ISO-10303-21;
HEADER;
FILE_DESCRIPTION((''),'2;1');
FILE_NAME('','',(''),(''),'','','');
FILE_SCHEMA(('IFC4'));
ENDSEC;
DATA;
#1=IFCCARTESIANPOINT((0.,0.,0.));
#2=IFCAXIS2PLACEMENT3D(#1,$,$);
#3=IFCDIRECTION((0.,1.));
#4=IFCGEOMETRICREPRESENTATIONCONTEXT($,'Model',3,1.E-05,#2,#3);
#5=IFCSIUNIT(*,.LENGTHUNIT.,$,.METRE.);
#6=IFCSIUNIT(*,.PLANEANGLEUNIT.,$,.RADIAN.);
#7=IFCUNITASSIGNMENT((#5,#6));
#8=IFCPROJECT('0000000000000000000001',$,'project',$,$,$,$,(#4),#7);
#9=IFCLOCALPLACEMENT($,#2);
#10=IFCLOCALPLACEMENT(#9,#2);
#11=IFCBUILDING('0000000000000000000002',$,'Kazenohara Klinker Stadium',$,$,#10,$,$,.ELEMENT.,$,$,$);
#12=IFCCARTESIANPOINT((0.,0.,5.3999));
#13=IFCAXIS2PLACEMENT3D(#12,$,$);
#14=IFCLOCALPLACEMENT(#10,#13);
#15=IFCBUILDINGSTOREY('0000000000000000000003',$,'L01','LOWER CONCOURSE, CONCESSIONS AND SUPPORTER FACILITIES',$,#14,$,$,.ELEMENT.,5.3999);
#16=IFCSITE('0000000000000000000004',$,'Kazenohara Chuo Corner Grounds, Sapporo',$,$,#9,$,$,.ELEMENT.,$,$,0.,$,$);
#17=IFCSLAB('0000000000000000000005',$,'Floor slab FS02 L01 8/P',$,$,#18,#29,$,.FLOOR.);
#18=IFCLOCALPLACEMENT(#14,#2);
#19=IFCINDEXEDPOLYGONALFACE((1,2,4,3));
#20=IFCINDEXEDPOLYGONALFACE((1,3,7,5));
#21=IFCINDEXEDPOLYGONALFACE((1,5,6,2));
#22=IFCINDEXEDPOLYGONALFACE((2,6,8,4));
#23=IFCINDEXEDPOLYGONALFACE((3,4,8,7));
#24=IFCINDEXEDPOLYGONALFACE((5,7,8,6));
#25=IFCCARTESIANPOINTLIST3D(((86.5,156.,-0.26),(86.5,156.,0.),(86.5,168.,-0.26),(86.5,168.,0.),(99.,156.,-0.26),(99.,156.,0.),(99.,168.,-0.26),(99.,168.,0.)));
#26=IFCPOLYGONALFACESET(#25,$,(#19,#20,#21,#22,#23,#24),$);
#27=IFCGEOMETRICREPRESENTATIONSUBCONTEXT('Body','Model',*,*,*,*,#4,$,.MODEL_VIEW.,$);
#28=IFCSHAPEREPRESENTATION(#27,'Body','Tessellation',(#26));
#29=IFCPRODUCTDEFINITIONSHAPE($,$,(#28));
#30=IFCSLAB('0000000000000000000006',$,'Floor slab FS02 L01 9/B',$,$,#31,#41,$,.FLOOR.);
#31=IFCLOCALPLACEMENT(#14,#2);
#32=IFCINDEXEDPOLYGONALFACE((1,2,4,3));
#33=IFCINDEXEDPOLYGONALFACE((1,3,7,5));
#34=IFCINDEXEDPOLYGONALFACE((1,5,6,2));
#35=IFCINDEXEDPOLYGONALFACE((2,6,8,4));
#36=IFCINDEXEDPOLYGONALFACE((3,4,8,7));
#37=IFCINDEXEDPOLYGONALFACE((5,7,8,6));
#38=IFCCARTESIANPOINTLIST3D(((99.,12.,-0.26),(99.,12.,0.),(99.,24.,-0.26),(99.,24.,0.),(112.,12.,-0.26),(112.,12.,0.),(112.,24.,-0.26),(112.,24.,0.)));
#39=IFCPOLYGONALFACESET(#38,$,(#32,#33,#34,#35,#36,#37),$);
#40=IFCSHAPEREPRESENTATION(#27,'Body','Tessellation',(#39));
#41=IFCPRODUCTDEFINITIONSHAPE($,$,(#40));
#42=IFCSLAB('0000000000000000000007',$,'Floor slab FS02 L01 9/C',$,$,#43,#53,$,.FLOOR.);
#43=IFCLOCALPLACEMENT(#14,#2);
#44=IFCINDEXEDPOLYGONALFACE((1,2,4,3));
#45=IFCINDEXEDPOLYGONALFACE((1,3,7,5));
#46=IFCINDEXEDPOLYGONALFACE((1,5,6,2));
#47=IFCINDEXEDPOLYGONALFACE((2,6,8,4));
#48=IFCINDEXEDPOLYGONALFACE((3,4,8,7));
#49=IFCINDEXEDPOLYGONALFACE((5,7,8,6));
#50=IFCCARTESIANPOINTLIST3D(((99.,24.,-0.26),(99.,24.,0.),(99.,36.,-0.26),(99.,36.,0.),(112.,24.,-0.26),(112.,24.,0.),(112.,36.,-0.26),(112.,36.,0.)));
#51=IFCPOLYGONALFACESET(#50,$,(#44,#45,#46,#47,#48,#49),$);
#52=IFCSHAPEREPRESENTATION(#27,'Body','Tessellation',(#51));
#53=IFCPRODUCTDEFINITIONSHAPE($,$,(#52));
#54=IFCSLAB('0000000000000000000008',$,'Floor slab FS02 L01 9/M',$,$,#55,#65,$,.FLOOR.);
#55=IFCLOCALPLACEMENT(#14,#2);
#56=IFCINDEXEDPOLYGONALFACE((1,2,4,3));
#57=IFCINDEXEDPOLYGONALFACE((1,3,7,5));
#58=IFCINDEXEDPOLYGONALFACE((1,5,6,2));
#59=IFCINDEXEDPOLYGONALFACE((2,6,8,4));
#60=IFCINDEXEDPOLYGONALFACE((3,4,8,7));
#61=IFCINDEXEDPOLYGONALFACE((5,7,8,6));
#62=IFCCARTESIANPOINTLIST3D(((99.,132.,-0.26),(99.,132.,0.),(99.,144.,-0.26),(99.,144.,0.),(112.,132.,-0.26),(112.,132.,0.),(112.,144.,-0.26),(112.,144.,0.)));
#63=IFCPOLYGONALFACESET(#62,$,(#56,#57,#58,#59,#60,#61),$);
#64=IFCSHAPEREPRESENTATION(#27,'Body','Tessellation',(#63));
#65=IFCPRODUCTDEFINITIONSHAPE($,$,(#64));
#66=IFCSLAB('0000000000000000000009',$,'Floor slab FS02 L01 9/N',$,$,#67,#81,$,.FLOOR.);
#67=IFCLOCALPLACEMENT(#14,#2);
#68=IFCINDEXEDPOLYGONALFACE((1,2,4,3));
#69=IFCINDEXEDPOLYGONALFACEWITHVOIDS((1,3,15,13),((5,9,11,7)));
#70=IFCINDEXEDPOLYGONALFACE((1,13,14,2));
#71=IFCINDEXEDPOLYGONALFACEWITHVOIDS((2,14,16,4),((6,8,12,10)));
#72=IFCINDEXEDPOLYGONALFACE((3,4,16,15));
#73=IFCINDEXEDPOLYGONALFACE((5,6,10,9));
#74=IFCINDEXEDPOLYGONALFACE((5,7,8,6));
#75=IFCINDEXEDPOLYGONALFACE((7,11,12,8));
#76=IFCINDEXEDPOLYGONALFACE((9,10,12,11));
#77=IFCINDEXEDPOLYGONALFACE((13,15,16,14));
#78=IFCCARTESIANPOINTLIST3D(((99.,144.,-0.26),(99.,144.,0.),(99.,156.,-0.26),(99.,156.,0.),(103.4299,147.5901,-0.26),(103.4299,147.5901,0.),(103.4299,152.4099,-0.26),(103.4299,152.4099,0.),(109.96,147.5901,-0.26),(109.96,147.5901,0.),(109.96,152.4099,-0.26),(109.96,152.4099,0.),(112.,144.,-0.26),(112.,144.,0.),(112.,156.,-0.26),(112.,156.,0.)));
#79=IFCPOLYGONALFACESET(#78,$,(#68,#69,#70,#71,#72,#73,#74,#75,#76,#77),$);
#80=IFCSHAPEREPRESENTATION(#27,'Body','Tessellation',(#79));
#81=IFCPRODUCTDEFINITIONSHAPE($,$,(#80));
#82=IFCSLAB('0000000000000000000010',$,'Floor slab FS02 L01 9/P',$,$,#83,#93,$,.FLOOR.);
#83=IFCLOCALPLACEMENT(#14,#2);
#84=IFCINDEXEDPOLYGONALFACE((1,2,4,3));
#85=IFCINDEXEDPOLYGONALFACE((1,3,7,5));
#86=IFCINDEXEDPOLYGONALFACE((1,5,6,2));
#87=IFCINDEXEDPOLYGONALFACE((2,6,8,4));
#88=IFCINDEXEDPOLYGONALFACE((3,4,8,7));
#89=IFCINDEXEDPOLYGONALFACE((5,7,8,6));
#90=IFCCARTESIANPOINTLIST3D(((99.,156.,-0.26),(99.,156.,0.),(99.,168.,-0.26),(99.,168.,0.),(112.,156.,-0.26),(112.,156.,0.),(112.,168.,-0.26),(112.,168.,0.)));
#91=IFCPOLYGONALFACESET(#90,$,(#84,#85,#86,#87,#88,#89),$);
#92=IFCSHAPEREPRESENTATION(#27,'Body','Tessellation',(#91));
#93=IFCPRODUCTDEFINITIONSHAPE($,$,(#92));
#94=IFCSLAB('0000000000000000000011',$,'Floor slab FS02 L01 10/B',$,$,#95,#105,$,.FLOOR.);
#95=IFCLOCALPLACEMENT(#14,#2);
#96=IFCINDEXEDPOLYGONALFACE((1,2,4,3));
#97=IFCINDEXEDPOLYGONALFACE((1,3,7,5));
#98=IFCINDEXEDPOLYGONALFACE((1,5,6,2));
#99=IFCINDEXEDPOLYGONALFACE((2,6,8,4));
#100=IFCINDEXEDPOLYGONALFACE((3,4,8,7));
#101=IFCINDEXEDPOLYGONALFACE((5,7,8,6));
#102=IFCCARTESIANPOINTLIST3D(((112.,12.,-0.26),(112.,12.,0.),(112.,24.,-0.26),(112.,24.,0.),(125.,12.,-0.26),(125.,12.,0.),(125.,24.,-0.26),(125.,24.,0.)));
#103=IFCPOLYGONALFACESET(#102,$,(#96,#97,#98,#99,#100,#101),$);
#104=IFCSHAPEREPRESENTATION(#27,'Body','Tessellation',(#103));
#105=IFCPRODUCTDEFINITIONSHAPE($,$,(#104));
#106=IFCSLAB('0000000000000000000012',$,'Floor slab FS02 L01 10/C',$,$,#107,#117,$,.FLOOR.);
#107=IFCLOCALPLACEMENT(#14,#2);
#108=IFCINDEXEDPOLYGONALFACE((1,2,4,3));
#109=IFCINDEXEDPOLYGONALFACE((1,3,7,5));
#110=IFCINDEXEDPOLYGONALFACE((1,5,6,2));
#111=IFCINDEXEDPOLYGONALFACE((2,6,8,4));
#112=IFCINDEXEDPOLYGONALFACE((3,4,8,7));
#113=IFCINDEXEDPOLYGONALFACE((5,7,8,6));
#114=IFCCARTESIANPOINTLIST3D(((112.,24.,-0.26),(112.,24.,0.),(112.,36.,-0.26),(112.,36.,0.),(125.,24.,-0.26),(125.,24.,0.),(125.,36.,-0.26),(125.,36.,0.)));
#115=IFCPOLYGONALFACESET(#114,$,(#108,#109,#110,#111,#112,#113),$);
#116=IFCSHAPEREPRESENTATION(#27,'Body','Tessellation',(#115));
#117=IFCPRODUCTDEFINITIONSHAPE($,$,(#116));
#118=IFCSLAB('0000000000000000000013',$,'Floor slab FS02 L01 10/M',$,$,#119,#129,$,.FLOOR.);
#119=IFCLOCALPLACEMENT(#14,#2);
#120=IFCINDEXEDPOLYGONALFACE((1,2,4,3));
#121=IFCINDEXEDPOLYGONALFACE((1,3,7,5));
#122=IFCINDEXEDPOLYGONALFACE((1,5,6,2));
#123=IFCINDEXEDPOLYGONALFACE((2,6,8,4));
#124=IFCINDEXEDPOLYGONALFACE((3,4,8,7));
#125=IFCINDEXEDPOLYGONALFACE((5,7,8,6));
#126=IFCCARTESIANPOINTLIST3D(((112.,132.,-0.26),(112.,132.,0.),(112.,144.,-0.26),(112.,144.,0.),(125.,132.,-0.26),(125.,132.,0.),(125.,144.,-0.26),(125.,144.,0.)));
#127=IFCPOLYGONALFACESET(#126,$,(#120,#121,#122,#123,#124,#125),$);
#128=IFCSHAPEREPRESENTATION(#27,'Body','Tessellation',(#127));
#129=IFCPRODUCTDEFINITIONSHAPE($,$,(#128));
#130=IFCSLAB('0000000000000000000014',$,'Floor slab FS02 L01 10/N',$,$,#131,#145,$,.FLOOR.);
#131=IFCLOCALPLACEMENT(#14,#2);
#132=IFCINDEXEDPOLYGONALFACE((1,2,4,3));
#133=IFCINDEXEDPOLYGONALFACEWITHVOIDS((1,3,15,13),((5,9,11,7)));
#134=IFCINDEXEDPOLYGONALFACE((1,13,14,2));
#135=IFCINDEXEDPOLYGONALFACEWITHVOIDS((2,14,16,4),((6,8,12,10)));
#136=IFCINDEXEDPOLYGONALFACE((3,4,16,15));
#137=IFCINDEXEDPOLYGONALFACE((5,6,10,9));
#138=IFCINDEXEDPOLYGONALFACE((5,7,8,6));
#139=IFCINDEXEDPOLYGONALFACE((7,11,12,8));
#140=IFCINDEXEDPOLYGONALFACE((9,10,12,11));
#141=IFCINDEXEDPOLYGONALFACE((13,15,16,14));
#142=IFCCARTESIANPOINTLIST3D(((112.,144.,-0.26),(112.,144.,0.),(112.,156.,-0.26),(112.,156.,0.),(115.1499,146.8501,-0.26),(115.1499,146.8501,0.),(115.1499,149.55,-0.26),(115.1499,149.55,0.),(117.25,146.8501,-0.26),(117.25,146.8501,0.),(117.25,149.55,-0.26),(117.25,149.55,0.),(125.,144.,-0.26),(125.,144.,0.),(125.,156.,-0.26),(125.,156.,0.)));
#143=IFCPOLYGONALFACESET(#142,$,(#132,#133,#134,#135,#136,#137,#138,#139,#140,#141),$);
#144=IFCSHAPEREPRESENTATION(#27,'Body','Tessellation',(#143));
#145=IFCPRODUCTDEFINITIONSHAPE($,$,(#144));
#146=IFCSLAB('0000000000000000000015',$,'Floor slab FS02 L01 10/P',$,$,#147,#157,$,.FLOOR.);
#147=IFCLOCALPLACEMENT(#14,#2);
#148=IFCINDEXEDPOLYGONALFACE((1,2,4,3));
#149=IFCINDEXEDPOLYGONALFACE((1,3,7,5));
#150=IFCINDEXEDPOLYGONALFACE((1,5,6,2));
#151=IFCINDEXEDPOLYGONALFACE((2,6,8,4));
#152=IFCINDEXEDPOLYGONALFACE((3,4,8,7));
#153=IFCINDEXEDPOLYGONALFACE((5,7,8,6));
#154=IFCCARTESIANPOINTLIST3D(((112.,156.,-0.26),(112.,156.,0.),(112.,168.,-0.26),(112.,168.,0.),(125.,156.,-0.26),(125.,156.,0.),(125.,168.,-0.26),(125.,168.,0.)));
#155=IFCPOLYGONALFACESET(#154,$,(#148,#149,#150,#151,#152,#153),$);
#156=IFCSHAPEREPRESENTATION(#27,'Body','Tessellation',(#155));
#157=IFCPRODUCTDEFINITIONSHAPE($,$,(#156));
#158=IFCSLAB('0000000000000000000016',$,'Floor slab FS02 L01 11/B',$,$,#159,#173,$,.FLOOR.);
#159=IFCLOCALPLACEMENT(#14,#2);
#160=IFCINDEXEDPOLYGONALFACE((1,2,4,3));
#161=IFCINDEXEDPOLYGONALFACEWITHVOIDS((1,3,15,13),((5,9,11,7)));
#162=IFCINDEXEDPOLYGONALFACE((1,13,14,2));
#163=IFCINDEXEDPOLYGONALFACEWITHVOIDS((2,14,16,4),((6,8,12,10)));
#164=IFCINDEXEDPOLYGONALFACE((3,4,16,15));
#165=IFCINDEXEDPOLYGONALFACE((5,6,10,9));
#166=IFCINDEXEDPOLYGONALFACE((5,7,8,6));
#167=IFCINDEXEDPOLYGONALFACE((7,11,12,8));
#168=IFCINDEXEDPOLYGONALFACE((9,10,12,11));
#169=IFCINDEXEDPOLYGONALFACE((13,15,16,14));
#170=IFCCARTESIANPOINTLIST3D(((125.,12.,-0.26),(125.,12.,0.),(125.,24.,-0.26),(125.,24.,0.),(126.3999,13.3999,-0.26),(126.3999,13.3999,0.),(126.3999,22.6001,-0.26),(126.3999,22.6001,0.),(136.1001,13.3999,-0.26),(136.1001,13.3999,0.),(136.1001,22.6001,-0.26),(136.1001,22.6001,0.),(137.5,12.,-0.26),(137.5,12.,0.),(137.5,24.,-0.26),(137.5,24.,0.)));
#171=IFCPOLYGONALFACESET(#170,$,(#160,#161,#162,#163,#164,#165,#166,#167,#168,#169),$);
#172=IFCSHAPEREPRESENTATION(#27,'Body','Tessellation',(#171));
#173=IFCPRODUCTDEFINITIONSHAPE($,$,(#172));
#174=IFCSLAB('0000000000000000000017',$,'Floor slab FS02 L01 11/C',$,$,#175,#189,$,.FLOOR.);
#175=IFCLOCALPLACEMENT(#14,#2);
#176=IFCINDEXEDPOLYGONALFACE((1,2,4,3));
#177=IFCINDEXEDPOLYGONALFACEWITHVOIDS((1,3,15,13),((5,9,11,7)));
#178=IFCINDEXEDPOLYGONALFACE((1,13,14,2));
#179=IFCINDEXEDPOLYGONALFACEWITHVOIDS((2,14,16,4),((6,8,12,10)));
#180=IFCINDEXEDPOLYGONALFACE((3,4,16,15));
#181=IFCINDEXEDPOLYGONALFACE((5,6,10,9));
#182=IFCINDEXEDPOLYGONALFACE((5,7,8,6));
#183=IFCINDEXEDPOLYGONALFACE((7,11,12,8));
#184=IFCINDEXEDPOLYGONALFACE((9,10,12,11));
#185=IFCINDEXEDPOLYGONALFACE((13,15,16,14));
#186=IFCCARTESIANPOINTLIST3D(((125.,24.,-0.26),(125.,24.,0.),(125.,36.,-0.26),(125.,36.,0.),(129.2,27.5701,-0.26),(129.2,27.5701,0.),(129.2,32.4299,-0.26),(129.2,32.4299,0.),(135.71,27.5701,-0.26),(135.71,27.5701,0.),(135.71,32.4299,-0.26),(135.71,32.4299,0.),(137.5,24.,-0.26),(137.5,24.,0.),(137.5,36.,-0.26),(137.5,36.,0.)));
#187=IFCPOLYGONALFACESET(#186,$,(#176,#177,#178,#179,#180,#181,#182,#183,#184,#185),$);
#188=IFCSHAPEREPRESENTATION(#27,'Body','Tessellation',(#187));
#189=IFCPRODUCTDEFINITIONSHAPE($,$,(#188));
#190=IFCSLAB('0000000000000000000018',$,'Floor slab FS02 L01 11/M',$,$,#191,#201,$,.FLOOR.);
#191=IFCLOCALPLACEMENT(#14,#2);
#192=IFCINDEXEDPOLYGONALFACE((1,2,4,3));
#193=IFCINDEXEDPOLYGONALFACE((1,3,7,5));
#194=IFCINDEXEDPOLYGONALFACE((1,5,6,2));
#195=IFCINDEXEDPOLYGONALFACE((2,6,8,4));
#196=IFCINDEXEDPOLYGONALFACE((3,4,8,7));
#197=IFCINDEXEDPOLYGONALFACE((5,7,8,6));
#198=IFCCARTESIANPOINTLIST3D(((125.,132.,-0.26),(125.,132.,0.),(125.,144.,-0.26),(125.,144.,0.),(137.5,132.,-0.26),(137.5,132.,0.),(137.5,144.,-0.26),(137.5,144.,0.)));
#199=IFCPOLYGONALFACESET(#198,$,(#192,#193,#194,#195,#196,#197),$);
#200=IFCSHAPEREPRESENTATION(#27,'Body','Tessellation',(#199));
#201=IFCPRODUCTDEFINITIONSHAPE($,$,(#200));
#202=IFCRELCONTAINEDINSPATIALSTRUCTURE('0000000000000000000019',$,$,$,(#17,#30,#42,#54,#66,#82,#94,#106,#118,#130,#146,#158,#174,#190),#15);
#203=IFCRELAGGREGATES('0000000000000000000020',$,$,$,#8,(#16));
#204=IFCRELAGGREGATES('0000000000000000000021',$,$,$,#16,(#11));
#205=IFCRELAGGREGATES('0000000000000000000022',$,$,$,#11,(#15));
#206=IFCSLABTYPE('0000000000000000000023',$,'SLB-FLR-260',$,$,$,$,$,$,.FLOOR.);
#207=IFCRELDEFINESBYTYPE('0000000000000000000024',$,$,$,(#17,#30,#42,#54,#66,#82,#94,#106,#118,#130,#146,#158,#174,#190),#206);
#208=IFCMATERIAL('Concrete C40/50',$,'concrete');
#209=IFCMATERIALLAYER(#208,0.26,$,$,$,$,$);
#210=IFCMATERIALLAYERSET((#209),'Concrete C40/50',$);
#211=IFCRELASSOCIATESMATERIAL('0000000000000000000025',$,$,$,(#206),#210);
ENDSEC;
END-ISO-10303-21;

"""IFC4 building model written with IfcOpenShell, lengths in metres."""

from ifc_helpers import new_model, si_unit, direction, frame, origin, place, context, subcontext, project, spatial, polyline, outline, extrude, material, layer, layer_set, type_object, element, save


model = new_model("IFC4")

# Units and contexts
model_context = context("Model", 3, precision=1e-05, world=origin(), true_north=direction((0.0, 1.0)))
body_context = subcontext(model_context, "Body", "Model", "MODEL_VIEW")
ifc_project = project(units=[si_unit("LENGTHUNIT", "METRE"), si_unit("PLANEANGLEUNIT", "RADIAN")], contexts=[model_context])

# Site, building, storey
site_placement = place(None, origin())
site = spatial("IfcSite", under=ifc_project, at=site_placement, Name="Kazenohara Chuo Corner Grounds, Sapporo", CompositionType="ELEMENT", RefElevation=0.0)
building_placement = place(site_placement, origin())
building = spatial("IfcBuilding", under=site, at=building_placement, Name="Kazenohara Klinker Stadium", CompositionType="ELEMENT")
storey_placement = place(building_placement, frame((0.0, 0.0, 5.3999)))
storey = spatial("IfcBuildingStorey", under=building, at=storey_placement, Name="L01", Description="LOWER CONCOURSE, CONCESSIONS AND SUPPORTER FACILITIES", CompositionType="ELEMENT", Elevation=5.3999)

# Slabs
ifc_material = material(Name="Concrete C40/50", Category="concrete")
ifc_layer = layer(ifc_material, 0.26)
ifc_layer_set = layer_set([ifc_layer], Name="Concrete C40/50")
slab_type = type_object("IfcSlabType", Name="SLB-FLR-260", PredefinedType="FLOOR", material=ifc_layer_set)
slab_1_placement = place(storey_placement, frame((0.0, 0.0, -0.26)))
element("IfcSlab", 1, at=slab_1_placement, inside=storey, type_object=slab_type, Name="Floor slab FS02 L01 8/P", PredefinedType="FLOOR", context=body_context, shape_type="SweptSolid", body=[
    extrude(outline(polyline([(86.5, 156.0), (99.0, 156.0), (99.0, 168.0), (86.5, 168.0), (86.5, 156.0)])), origin(), (0.0, 0.0, 1.0), 0.26),
])
slab_2_placement = place(storey_placement, frame((0.0, 0.0, -0.26)))
element("IfcSlab", 2, at=slab_2_placement, inside=storey, type_object=slab_type, Name="Floor slab FS02 L01 9/B", PredefinedType="FLOOR", context=body_context, shape_type="SweptSolid", body=[
    extrude(outline(polyline([(99.0, 12.0), (112.0, 12.0), (112.0, 24.0), (99.0, 24.0), (99.0, 12.0)])), origin(), (0.0, 0.0, 1.0), 0.26),
])
slab_3_placement = place(storey_placement, frame((0.0, 0.0, -0.26)))
element("IfcSlab", 3, at=slab_3_placement, inside=storey, type_object=slab_type, Name="Floor slab FS02 L01 9/C", PredefinedType="FLOOR", context=body_context, shape_type="SweptSolid", body=[
    extrude(outline(polyline([(99.0, 24.0), (112.0, 24.0), (112.0, 36.0), (99.0, 36.0), (99.0, 24.0)])), origin(), (0.0, 0.0, 1.0), 0.26),
])
slab_4_placement = place(storey_placement, frame((0.0, 0.0, -0.26)))
element("IfcSlab", 4, at=slab_4_placement, inside=storey, type_object=slab_type, Name="Floor slab FS02 L01 9/M", PredefinedType="FLOOR", context=body_context, shape_type="SweptSolid", body=[
    extrude(outline(polyline([(99.0, 132.0), (112.0, 132.0), (112.0, 144.0), (99.0, 144.0), (99.0, 132.0)])), origin(), (0.0, 0.0, 1.0), 0.26),
])
slab_5_placement = place(storey_placement, frame((0.0, 0.0, -0.26)))
element("IfcSlab", 5, at=slab_5_placement, inside=storey, type_object=slab_type, Name="Floor slab FS02 L01 9/N", PredefinedType="FLOOR", context=body_context, shape_type="SweptSolid", body=[
    extrude(outline(polyline([(99.0, 144.0), (112.0, 144.0), (112.0, 156.0), (99.0, 156.0), (99.0, 144.0)]), holes=[polyline([(103.4299, 147.5901), (109.96, 147.5901), (109.96, 152.4099), (103.4299, 152.4099), (103.4299, 147.5901)])]), origin(), (0.0, 0.0, 1.0), 0.26),
])
slab_6_placement = place(storey_placement, frame((0.0, 0.0, -0.26)))
element("IfcSlab", 6, at=slab_6_placement, inside=storey, type_object=slab_type, Name="Floor slab FS02 L01 9/P", PredefinedType="FLOOR", context=body_context, shape_type="SweptSolid", body=[
    extrude(outline(polyline([(99.0, 156.0), (112.0, 156.0), (112.0, 168.0), (99.0, 168.0), (99.0, 156.0)])), origin(), (0.0, 0.0, 1.0), 0.26),
])
slab_7_placement = place(storey_placement, frame((0.0, 0.0, -0.26)))
element("IfcSlab", 7, at=slab_7_placement, inside=storey, type_object=slab_type, Name="Floor slab FS02 L01 10/B", PredefinedType="FLOOR", context=body_context, shape_type="SweptSolid", body=[
    extrude(outline(polyline([(112.0, 12.0), (125.0, 12.0), (125.0, 24.0), (112.0, 24.0), (112.0, 12.0)])), origin(), (0.0, 0.0, 1.0), 0.26),
])
slab_8_placement = place(storey_placement, frame((0.0, 0.0, -0.26)))
element("IfcSlab", 8, at=slab_8_placement, inside=storey, type_object=slab_type, Name="Floor slab FS02 L01 10/C", PredefinedType="FLOOR", context=body_context, shape_type="SweptSolid", body=[
    extrude(outline(polyline([(112.0, 24.0), (125.0, 24.0), (125.0, 36.0), (112.0, 36.0), (112.0, 24.0)])), origin(), (0.0, 0.0, 1.0), 0.26),
])
slab_9_placement = place(storey_placement, frame((0.0, 0.0, -0.26)))
element("IfcSlab", 9, at=slab_9_placement, inside=storey, type_object=slab_type, Name="Floor slab FS02 L01 10/M", PredefinedType="FLOOR", context=body_context, shape_type="SweptSolid", body=[
    extrude(outline(polyline([(112.0, 132.0), (125.0, 132.0), (125.0, 144.0), (112.0, 144.0), (112.0, 132.0)])), origin(), (0.0, 0.0, 1.0), 0.26),
])
slab_10_placement = place(storey_placement, frame((0.0, 0.0, -0.26)))
element("IfcSlab", 10, at=slab_10_placement, inside=storey, type_object=slab_type, Name="Floor slab FS02 L01 10/N", PredefinedType="FLOOR", context=body_context, shape_type="SweptSolid", body=[
    extrude(outline(polyline([(112.0, 144.0), (125.0, 144.0), (125.0, 156.0), (112.0, 156.0), (112.0, 144.0)]), holes=[polyline([(115.1499, 146.8501), (117.25, 146.8501), (117.25, 149.55), (115.1499, 149.55), (115.1499, 146.8501)])]), origin(), (0.0, 0.0, 1.0), 0.26),
])
slab_11_placement = place(storey_placement, frame((0.0, 0.0, -0.26)))
element("IfcSlab", 11, at=slab_11_placement, inside=storey, type_object=slab_type, Name="Floor slab FS02 L01 10/P", PredefinedType="FLOOR", context=body_context, shape_type="SweptSolid", body=[
    extrude(outline(polyline([(112.0, 156.0), (125.0, 156.0), (125.0, 168.0), (112.0, 168.0), (112.0, 156.0)])), origin(), (0.0, 0.0, 1.0), 0.26),
])
slab_12_placement = place(storey_placement, frame((0.0, 0.0, -0.26)))
element("IfcSlab", 12, at=slab_12_placement, inside=storey, type_object=slab_type, Name="Floor slab FS02 L01 11/B", PredefinedType="FLOOR", context=body_context, shape_type="SweptSolid", body=[
    extrude(outline(polyline([(125.0, 12.0), (137.5, 12.0), (137.5, 24.0), (125.0, 24.0), (125.0, 12.0)]), holes=[polyline([(126.3999, 13.3999), (136.1001, 13.3999), (136.1001, 22.6001), (126.3999, 22.6001), (126.3999, 13.3999)])]), origin(), (0.0, 0.0, 1.0), 0.26),
])
slab_13_placement = place(storey_placement, frame((0.0, 0.0, -0.26)))
element("IfcSlab", 13, at=slab_13_placement, inside=storey, type_object=slab_type, Name="Floor slab FS02 L01 11/C", PredefinedType="FLOOR", context=body_context, shape_type="SweptSolid", body=[
    extrude(outline(polyline([(125.0, 24.0), (137.5, 24.0), (137.5, 36.0), (125.0, 36.0), (125.0, 24.0)]), holes=[polyline([(129.2, 27.5701), (135.71, 27.5701), (135.71, 32.4299), (129.2, 32.4299), (129.2, 27.5701)])]), origin(), (0.0, 0.0, 1.0), 0.26),
])
slab_14_placement = place(storey_placement, frame((0.0, 0.0, -0.26)))
element("IfcSlab", 14, at=slab_14_placement, inside=storey, type_object=slab_type, Name="Floor slab FS02 L01 11/M", PredefinedType="FLOOR", context=body_context, shape_type="SweptSolid", body=[
    extrude(outline(polyline([(125.0, 132.0), (137.5, 132.0), (137.5, 144.0), (125.0, 144.0), (125.0, 132.0)])), origin(), (0.0, 0.0, 1.0), 0.26),
])

save(model, "model.ifc")
